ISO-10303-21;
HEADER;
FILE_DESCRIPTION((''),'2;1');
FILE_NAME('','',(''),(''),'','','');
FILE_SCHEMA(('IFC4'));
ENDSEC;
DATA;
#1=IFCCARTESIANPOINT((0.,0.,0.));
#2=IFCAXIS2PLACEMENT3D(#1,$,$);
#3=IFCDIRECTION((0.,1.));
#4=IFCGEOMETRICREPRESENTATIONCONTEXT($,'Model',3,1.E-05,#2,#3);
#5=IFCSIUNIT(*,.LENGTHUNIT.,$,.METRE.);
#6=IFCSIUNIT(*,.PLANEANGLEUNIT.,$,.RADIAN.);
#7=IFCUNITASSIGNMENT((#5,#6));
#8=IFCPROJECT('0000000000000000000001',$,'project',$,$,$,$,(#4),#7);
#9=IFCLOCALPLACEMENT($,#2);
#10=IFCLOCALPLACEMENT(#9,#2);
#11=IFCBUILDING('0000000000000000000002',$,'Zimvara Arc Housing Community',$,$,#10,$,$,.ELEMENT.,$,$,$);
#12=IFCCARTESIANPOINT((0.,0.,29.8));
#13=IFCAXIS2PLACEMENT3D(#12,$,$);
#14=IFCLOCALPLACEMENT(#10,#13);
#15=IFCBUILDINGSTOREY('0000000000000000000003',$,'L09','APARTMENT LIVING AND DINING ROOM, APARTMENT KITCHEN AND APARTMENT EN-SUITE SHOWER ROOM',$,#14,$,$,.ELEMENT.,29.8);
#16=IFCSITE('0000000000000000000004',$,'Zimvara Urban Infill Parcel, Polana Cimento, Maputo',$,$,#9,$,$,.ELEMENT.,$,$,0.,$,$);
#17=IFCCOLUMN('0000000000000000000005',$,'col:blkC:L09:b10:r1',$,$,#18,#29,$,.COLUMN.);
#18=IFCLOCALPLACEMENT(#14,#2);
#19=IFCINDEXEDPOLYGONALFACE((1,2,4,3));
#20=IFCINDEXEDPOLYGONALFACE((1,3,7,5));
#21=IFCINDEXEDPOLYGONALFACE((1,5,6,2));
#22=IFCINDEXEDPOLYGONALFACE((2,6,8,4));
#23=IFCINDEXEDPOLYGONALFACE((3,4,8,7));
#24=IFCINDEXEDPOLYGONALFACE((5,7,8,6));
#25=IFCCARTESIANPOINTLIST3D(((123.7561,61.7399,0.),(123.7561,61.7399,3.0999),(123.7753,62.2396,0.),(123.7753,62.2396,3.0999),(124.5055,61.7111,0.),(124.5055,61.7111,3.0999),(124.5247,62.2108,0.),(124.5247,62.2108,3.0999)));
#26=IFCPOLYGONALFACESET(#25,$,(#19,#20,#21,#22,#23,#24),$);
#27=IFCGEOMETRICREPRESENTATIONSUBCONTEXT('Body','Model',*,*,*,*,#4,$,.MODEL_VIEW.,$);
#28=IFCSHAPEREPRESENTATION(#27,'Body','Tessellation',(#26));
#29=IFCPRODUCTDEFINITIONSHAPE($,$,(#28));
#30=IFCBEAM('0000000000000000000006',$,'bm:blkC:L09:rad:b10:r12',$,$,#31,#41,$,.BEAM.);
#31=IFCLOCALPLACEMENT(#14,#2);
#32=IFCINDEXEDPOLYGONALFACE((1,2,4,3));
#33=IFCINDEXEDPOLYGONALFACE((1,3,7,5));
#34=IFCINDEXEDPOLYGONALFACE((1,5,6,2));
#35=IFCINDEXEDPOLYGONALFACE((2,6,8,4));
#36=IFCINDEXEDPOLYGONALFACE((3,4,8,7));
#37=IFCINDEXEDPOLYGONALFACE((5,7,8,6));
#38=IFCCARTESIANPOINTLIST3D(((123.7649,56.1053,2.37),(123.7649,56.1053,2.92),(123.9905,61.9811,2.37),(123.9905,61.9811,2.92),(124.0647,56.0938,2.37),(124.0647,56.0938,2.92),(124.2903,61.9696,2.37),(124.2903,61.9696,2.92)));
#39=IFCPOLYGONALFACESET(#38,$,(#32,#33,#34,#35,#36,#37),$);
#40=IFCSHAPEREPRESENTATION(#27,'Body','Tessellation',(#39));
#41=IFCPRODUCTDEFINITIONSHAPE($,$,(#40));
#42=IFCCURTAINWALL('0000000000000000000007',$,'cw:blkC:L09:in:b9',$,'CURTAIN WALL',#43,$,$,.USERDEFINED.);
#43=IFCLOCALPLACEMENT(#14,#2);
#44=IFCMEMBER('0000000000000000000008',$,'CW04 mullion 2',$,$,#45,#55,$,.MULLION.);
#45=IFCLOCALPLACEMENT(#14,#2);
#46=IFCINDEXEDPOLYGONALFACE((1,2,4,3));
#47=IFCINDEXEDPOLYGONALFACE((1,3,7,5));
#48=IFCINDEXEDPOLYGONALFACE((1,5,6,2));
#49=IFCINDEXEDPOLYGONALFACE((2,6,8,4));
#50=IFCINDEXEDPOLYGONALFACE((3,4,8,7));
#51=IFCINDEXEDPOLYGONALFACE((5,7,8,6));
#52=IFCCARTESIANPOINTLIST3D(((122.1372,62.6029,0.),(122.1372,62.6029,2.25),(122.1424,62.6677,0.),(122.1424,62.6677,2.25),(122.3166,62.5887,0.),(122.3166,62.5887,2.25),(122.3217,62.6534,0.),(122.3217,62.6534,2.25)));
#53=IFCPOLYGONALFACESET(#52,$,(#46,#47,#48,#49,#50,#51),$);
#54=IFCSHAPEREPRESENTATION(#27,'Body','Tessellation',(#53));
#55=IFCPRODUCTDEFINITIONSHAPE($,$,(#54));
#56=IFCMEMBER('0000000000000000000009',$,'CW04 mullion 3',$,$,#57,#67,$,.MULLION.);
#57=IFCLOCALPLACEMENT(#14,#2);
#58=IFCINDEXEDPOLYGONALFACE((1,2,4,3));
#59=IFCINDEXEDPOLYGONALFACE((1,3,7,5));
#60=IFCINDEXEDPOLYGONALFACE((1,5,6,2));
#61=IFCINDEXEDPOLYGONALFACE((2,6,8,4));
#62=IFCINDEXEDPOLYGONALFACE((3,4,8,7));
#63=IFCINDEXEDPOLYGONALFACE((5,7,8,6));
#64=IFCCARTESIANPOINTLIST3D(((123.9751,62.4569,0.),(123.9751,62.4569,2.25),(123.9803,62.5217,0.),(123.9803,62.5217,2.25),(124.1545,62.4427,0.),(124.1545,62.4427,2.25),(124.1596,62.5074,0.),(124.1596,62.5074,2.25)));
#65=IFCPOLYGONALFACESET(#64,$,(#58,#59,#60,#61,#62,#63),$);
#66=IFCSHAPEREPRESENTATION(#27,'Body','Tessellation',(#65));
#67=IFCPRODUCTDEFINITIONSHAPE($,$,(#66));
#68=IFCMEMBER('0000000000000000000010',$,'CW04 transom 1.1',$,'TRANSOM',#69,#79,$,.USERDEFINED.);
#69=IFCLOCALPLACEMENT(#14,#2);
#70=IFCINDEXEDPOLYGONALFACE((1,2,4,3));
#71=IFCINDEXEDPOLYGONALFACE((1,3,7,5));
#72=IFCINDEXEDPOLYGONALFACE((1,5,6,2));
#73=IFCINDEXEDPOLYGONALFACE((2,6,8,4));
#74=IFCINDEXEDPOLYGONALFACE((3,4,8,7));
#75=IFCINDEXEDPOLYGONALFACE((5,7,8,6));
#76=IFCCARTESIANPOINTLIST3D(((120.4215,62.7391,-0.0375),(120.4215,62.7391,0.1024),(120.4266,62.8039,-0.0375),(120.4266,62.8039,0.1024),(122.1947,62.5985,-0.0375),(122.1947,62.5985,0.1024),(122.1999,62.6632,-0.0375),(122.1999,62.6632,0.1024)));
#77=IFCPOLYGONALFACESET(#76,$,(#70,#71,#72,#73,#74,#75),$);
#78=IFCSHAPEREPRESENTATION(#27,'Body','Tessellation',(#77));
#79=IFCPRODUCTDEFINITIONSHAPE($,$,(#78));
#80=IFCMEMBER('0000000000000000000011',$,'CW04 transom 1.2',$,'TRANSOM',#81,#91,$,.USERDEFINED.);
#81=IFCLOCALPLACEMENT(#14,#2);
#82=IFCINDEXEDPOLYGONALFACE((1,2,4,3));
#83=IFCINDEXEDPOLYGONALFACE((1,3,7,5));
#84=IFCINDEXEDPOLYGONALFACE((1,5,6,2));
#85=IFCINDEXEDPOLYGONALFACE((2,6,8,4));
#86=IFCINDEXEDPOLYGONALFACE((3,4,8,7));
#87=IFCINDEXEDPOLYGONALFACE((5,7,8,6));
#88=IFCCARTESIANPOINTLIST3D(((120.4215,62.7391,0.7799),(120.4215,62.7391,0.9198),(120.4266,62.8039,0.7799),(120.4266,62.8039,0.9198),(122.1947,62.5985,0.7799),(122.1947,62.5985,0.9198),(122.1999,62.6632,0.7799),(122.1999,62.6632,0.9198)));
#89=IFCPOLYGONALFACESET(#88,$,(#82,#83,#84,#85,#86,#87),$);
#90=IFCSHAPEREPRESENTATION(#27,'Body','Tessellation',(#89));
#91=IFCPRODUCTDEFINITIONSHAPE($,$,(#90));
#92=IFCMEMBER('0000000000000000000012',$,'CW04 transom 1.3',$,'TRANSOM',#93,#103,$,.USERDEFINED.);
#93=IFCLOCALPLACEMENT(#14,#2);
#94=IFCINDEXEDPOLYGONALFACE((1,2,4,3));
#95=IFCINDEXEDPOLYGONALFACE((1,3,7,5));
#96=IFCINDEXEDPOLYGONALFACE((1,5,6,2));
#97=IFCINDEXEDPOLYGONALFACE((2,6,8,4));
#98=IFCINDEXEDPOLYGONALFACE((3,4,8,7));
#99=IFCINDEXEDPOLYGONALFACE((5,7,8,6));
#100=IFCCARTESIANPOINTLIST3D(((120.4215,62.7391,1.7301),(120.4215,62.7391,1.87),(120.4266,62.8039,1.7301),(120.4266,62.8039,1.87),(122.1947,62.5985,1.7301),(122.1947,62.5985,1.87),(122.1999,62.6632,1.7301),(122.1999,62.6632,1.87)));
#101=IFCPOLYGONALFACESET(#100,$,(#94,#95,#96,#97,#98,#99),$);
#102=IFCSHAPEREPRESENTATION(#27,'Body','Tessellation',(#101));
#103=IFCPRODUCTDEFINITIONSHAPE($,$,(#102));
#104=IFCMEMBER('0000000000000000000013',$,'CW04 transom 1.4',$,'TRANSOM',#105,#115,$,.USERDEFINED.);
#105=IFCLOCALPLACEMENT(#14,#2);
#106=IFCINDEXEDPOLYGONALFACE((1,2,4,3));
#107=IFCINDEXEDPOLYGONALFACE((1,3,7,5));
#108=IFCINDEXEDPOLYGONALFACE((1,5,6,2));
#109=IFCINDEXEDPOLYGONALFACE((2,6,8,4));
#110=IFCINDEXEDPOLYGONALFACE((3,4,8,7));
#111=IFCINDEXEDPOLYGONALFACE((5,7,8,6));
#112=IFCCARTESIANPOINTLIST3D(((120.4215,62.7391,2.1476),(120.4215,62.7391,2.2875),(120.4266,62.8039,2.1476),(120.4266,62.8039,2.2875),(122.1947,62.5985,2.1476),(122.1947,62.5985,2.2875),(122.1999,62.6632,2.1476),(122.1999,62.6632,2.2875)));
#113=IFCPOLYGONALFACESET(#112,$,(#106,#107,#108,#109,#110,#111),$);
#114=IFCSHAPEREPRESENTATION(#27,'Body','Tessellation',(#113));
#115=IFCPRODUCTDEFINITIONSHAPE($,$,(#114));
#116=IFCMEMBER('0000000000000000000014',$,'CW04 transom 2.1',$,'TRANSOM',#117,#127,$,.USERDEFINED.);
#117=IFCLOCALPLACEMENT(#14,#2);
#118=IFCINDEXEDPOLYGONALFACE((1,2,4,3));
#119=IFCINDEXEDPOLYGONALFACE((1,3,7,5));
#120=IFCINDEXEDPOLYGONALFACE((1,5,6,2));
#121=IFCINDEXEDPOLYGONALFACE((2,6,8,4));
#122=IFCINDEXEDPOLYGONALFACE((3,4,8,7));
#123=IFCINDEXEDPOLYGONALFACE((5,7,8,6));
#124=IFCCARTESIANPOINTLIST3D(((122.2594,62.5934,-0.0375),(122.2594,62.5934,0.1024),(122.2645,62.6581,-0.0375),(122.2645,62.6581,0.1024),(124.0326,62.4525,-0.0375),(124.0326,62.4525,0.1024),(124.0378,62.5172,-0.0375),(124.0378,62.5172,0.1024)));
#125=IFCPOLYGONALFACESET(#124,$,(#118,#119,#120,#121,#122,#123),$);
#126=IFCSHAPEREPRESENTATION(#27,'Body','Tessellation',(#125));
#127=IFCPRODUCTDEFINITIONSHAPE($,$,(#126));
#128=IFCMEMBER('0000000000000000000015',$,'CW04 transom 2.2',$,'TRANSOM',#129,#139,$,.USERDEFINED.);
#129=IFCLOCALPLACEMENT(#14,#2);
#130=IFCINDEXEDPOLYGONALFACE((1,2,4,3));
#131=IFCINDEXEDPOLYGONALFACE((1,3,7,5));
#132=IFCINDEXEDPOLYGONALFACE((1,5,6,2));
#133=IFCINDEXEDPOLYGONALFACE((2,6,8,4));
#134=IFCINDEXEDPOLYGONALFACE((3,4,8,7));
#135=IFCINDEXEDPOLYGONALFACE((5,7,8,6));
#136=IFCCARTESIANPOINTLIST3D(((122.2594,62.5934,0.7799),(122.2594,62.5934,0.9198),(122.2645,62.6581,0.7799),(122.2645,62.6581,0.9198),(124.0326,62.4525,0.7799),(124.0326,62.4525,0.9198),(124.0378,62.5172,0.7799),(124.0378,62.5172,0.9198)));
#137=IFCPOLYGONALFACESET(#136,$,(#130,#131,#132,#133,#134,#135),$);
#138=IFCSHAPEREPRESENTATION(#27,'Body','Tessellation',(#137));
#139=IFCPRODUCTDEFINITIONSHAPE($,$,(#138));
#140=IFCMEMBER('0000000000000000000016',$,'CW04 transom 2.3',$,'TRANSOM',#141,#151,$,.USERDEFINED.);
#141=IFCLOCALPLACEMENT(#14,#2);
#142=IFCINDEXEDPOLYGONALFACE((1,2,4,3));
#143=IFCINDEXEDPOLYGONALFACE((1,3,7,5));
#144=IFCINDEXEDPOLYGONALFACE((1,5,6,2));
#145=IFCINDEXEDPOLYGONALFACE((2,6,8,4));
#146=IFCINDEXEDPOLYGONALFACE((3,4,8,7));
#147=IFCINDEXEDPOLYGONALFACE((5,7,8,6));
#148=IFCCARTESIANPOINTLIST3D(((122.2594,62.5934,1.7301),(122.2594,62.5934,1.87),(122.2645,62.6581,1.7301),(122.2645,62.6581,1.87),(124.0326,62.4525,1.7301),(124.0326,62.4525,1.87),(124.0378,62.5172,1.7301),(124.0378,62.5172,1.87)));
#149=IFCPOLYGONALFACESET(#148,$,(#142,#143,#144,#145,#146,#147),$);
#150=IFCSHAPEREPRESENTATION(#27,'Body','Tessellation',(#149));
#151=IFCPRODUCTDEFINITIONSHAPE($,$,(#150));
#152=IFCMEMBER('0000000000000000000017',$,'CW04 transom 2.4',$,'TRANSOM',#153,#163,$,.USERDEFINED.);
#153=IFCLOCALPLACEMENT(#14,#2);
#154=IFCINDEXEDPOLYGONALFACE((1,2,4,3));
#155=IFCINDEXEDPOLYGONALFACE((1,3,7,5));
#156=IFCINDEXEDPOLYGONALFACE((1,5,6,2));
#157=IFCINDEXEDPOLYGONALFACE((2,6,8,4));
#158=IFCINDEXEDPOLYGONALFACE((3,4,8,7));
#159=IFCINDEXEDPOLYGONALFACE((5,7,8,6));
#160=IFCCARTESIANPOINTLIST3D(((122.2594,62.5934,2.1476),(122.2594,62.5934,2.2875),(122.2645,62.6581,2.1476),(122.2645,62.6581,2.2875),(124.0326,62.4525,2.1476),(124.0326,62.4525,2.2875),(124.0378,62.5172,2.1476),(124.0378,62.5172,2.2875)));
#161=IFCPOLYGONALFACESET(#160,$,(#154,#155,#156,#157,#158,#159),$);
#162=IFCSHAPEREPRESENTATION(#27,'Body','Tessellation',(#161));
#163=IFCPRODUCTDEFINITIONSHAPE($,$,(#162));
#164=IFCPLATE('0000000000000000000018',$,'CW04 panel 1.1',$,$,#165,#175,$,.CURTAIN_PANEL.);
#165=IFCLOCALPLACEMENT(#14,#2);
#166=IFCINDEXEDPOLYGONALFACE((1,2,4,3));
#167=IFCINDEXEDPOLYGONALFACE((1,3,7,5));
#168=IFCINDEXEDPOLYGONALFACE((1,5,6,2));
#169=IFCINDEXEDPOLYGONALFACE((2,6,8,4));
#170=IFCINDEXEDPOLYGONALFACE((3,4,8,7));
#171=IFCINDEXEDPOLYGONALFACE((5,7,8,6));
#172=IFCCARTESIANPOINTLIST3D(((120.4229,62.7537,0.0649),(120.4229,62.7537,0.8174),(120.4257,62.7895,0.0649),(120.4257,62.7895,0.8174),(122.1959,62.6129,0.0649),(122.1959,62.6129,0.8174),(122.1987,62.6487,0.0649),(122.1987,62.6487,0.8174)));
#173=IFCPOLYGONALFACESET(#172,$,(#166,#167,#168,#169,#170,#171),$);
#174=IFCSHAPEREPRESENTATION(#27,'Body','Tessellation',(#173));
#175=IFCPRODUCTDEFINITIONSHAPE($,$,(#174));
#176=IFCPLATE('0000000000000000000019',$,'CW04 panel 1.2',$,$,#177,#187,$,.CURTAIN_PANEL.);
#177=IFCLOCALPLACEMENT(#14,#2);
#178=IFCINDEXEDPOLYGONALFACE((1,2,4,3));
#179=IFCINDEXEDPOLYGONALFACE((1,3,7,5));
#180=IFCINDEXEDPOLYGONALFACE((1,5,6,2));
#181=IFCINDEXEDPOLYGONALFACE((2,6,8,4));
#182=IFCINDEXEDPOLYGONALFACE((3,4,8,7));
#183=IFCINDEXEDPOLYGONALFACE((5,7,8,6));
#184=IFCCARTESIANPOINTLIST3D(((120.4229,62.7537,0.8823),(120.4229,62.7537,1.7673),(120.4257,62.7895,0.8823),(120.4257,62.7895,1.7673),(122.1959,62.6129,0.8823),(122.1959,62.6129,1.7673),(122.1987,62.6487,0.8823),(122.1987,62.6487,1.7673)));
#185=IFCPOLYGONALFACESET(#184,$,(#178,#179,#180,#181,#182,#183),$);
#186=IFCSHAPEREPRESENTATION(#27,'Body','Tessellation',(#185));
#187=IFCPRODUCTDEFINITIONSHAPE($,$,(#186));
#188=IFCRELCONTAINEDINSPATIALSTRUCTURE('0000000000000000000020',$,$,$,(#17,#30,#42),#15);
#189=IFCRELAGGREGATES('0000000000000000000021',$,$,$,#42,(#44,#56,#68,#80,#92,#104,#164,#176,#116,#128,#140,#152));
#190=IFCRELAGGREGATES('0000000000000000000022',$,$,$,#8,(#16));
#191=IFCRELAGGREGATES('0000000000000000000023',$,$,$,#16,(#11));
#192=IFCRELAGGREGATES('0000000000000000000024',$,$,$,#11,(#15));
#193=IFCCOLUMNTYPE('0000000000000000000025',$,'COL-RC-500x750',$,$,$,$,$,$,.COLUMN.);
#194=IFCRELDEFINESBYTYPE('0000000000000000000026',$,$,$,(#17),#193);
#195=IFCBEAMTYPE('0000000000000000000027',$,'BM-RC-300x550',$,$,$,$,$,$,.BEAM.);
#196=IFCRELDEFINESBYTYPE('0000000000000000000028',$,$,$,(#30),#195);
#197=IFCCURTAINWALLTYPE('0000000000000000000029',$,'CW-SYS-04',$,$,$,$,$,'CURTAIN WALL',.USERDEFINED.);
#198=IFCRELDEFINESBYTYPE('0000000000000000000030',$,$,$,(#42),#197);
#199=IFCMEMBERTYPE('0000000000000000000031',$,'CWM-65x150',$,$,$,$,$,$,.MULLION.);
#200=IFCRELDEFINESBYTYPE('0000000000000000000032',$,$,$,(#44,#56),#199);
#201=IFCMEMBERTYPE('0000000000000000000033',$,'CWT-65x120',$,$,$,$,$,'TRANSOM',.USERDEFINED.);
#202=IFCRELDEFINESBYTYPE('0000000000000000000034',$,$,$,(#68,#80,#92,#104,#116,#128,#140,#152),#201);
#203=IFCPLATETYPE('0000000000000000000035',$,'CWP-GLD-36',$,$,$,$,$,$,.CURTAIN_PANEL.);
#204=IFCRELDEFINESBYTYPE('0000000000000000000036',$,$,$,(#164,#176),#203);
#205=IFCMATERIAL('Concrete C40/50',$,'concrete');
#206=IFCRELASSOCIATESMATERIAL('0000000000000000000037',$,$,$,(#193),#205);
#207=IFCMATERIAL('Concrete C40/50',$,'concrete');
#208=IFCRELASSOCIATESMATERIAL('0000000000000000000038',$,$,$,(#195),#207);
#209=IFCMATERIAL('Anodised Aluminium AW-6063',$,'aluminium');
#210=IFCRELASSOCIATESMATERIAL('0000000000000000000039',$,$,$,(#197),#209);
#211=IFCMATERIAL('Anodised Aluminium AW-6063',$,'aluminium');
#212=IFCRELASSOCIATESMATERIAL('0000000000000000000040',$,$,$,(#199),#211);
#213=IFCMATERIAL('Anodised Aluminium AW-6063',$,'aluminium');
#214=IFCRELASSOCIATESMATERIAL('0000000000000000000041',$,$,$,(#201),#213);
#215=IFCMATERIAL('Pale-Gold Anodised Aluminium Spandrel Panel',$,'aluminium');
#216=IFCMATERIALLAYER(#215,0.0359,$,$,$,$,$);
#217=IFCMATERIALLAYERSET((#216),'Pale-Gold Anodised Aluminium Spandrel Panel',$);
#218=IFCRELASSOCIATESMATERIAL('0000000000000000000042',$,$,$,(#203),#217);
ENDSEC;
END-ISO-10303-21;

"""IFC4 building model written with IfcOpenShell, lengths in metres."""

from ifc_helpers import new_model, si_unit, direction, frame, origin, origin_2d, place, context, subcontext, project, spatial, rectangle, extrude, material, layer, layer_set, material_profile, profile_set, type_object, element, aggregate, save


model = new_model("IFC4")

# Units and contexts
model_context = context("Model", 3, precision=1e-05, world=origin(), true_north=direction((0.0, 1.0)))
body_context = subcontext(model_context, "Body", "Model", "MODEL_VIEW")
ifc_project = project(units=[si_unit("LENGTHUNIT", "METRE"), si_unit("PLANEANGLEUNIT", "RADIAN")], contexts=[model_context])

# Site, building, storey
site_placement = place(None, origin())
site = spatial("IfcSite", under=ifc_project, at=site_placement, Name="Zimvara Urban Infill Parcel, Polana Cimento, Maputo", CompositionType="ELEMENT", RefElevation=0.0)
building_placement = place(site_placement, origin())
building = spatial("IfcBuilding", under=site, at=building_placement, Name="Zimvara Arc Housing Community", CompositionType="ELEMENT")
storey_placement = place(building_placement, frame((0.0, 0.0, 29.8)))
storey = spatial("IfcBuildingStorey", under=building, at=storey_placement, Name="L09", Description="APARTMENT LIVING AND DINING ROOM, APARTMENT KITCHEN AND APARTMENT EN-SUITE SHOWER ROOM", CompositionType="ELEMENT", Elevation=29.8)

# Column
ifc_material_1 = material(Name="Concrete C40/50", Category="concrete")
ifc_material_profile_1 = material_profile(ifc_material_1, rectangle(XDim=0.5, YDim=0.75, at=origin_2d()), Name="RC 500x750")
ifc_profile_set_1 = profile_set([ifc_material_profile_1], Name="Concrete C40/50")
column_type = type_object("IfcColumnType", Name="COL-RC-500x750", PredefinedType="COLUMN", material=ifc_profile_set_1)
column_placement = place(storey_placement, frame((124.1404, 61.9753, 0.0), z_axis=(0.0, 0.0, 1.0), x_axis=(-0.038388, -0.999263, 0.0)))
element("IfcColumn", 1, at=column_placement, inside=storey, type_object=column_type, Name="col:blkC:L09:b10:r1", PredefinedType="COLUMN", context=body_context, shape_type="SweptSolid", body=[
    extrude(rectangle(XDim=0.5, YDim=0.75, at=origin_2d()), origin(), (0.0, 0.0, 1.0), 3.0999),
])

# Beam
ifc_material_2 = material(Name="Concrete C40/50", Category="concrete")
ifc_material_profile_2 = material_profile(ifc_material_2, rectangle(XDim=0.3, YDim=0.55, at=origin_2d()), Name="RC 300x550")
ifc_profile_set_2 = profile_set([ifc_material_profile_2], Name="Concrete C40/50")
beam_type = type_object("IfcBeamType", Name="BM-RC-300x550", PredefinedType="BEAM", material=ifc_profile_set_2)
beam_placement = place(storey_placement, frame((124.1404, 61.9753, 2.645), z_axis=(-0.038365, -0.999264, 0.0), x_axis=(0.999264, -0.038365, 0.0)))
element("IfcBeam", 2, at=beam_placement, inside=storey, type_object=beam_type, Name="bm:blkC:L09:rad:b10:r12", PredefinedType="BEAM", context=body_context, shape_type="SweptSolid", body=[
    extrude(rectangle(XDim=0.3, YDim=0.55, at=origin_2d()), origin(), (0.0, 0.0, 1.0), 5.8801),
])

# Curtain wall, members, plates
ifc_material_3 = material(Name="Anodised Aluminium AW-6063", Category="aluminium")
curtain_wall_type = type_object("IfcCurtainWallType", Name="CW-SYS-04", ElementType="CURTAIN WALL", PredefinedType="USERDEFINED", material=ifc_material_3)
curtain_wall_placement = place(storey_placement, origin())
curtain_wall = element("IfcCurtainWall", 3, at=curtain_wall_placement, inside=storey, type_object=curtain_wall_type, Name="cw:blkC:L09:in:b9", ObjectType="CURTAIN WALL", PredefinedType="USERDEFINED")
ifc_material_4 = material(Name="Anodised Aluminium AW-6063", Category="aluminium")
ifc_material_profile_3 = material_profile(ifc_material_4, rectangle(XDim=0.0649, YDim=0.1799, at=origin_2d()), Name="ALU 65x180")
ifc_profile_set_3 = profile_set([ifc_material_profile_3], Name="Anodised Aluminium AW-6063")
member_type_1 = type_object("IfcMemberType", Name="CWM-65x150", PredefinedType="MULLION", material=ifc_profile_set_3)
member_1_placement = place(storey_placement, frame((122.2295, 62.6282, 0.0), z_axis=(0.0, 0.0, 1.0), x_axis=(0.079155, 0.996862, 0.0)))
member_1 = element("IfcMember", 4, at=member_1_placement, type_object=member_type_1, Name="CW04 mullion 2", PredefinedType="MULLION", context=body_context, shape_type="SweptSolid", body=[
    extrude(rectangle(XDim=0.0649, YDim=0.1799, at=origin_2d()), origin(), (0.0, 0.0, 1.0), 2.25),
])
member_2_placement = place(storey_placement, frame((124.0674, 62.4822, 0.0), z_axis=(0.0, 0.0, 1.0), x_axis=(0.079155, 0.996862, 0.0)))
member_2 = element("IfcMember", 5, at=member_2_placement, type_object=member_type_1, Name="CW04 mullion 3", PredefinedType="MULLION", context=body_context, shape_type="SweptSolid", body=[
    extrude(rectangle(XDim=0.0649, YDim=0.1799, at=origin_2d()), origin(), (0.0, 0.0, 1.0), 2.25),
])
ifc_material_5 = material(Name="Anodised Aluminium AW-6063", Category="aluminium")
ifc_material_profile_4 = material_profile(ifc_material_5, rectangle(XDim=0.0649, YDim=0.1399, at=origin_2d()), Name="ALU 65x140")
ifc_profile_set_4 = profile_set([ifc_material_profile_4], Name="Anodised Aluminium AW-6063")
member_type_2 = type_object("IfcMemberType", Name="CWT-65x120", ElementType="TRANSOM", PredefinedType="USERDEFINED", material=ifc_profile_set_4)
member_3_placement = place(storey_placement, frame((120.4241, 62.7715, 0.0325), z_axis=(0.99687, -0.079058, 0.0), x_axis=(0.079058, 0.99687, 0.0)))
member_3 = element("IfcMember", 6, at=member_3_placement, type_object=member_type_2, Name="CW04 transom 1.1", ObjectType="TRANSOM", PredefinedType="USERDEFINED", context=body_context, shape_type="SweptSolid", body=[
    extrude(rectangle(XDim=0.0649, YDim=0.1399, at=origin_2d()), origin(), (0.0, 0.0, 1.0), 1.7788),
])
member_4_placement = place(storey_placement, frame((120.4241, 62.7715, 0.8499), z_axis=(0.99687, -0.079058, 0.0), x_axis=(0.079058, 0.99687, 0.0)))
member_4 = element("IfcMember", 7, at=member_4_placement, type_object=member_type_2, Name="CW04 transom 1.2", ObjectType="TRANSOM", PredefinedType="USERDEFINED", context=body_context, shape_type="SweptSolid", body=[
    extrude(rectangle(XDim=0.0649, YDim=0.1399, at=origin_2d()), origin(), (0.0, 0.0, 1.0), 1.7788),
])
member_5_placement = place(storey_placement, frame((120.4241, 62.7715, 1.8), z_axis=(0.99687, -0.079058, 0.0), x_axis=(0.079058, 0.99687, 0.0)))
member_5 = element("IfcMember", 8, at=member_5_placement, type_object=member_type_2, Name="CW04 transom 1.3", ObjectType="TRANSOM", PredefinedType="USERDEFINED", context=body_context, shape_type="SweptSolid", body=[
    extrude(rectangle(XDim=0.0649, YDim=0.1399, at=origin_2d()), origin(), (0.0, 0.0, 1.0), 1.7788),
])
member_6_placement = place(storey_placement, frame((120.4241, 62.7715, 2.2175), z_axis=(0.99687, -0.079058, 0.0), x_axis=(0.079058, 0.99687, 0.0)))
member_6 = element("IfcMember", 9, at=member_6_placement, type_object=member_type_2, Name="CW04 transom 1.4", ObjectType="TRANSOM", PredefinedType="USERDEFINED", context=body_context, shape_type="SweptSolid", body=[
    extrude(rectangle(XDim=0.0649, YDim=0.1399, at=origin_2d()), origin(), (0.0, 0.0, 1.0), 1.7788),
])
member_7_placement = place(storey_placement, frame((122.262, 62.6257, 0.0325), z_axis=(0.996859, -0.079194, 0.0), x_axis=(0.079194, 0.996859, 0.0)))
member_7 = element("IfcMember", 10, at=member_7_placement, type_object=member_type_2, Name="CW04 transom 2.1", ObjectType="TRANSOM", PredefinedType="USERDEFINED", context=body_context, shape_type="SweptSolid", body=[
    extrude(rectangle(XDim=0.0649, YDim=0.1399, at=origin_2d()), origin(), (0.0, 0.0, 1.0), 1.7788),
])
member_8_placement = place(storey_placement, frame((122.262, 62.6257, 0.8499), z_axis=(0.996859, -0.079194, 0.0), x_axis=(0.079194, 0.996859, 0.0)))
member_8 = element("IfcMember", 11, at=member_8_placement, type_object=member_type_2, Name="CW04 transom 2.2", ObjectType="TRANSOM", PredefinedType="USERDEFINED", context=body_context, shape_type="SweptSolid", body=[
    extrude(rectangle(XDim=0.0649, YDim=0.1399, at=origin_2d()), origin(), (0.0, 0.0, 1.0), 1.7788),
])
member_9_placement = place(storey_placement, frame((122.262, 62.6257, 1.8), z_axis=(0.996859, -0.079194, 0.0), x_axis=(0.079194, 0.996859, 0.0)))
member_9 = element("IfcMember", 12, at=member_9_placement, type_object=member_type_2, Name="CW04 transom 2.3", ObjectType="TRANSOM", PredefinedType="USERDEFINED", context=body_context, shape_type="SweptSolid", body=[
    extrude(rectangle(XDim=0.0649, YDim=0.1399, at=origin_2d()), origin(), (0.0, 0.0, 1.0), 1.7788),
])
member_10_placement = place(storey_placement, frame((122.262, 62.6257, 2.2175), z_axis=(0.996859, -0.079194, 0.0), x_axis=(0.079194, 0.996859, 0.0)))
member_10 = element("IfcMember", 13, at=member_10_placement, type_object=member_type_2, Name="CW04 transom 2.4", ObjectType="TRANSOM", PredefinedType="USERDEFINED", context=body_context, shape_type="SweptSolid", body=[
    extrude(rectangle(XDim=0.0649, YDim=0.1399, at=origin_2d()), origin(), (0.0, 0.0, 1.0), 1.7788),
])
ifc_material_6 = material(Name="Pale-Gold Anodised Aluminium Spandrel Panel", Category="aluminium")
ifc_layer_1 = layer(ifc_material_6, 0.0359)
ifc_layer_set_1 = layer_set([ifc_layer_1], Name="Pale-Gold Anodised Aluminium Spandrel Panel")
plate_type = type_object("IfcPlateType", Name="CWP-GLD-36", PredefinedType="CURTAIN_PANEL", material=ifc_layer_set_1)
plate_1_placement = place(storey_placement, frame((121.3108, 62.7012, 0.0649), z_axis=(0.0, 0.0, 1.0), x_axis=(0.996862, -0.079155, 0.0)))
plate_1 = element("IfcPlate", 14, at=plate_1_placement, type_object=plate_type, Name="CW04 panel 1.1", PredefinedType="CURTAIN_PANEL", context=body_context, shape_type="SweptSolid", body=[
    extrude(rectangle(XDim=1.7786, YDim=0.0359, at=origin_2d()), origin(), (0.0, 0.0, 1.0), 0.7524),
])
plate_2_placement = place(storey_placement, frame((121.3108, 62.7012, 0.8823), z_axis=(0.0, 0.0, 1.0), x_axis=(0.996862, -0.079155, 0.0)))
plate_2 = element("IfcPlate", 15, at=plate_2_placement, type_object=plate_type, Name="CW04 panel 1.2", PredefinedType="CURTAIN_PANEL", context=body_context, shape_type="SweptSolid", body=[
    extrude(rectangle(XDim=1.7786, YDim=0.0359, at=origin_2d()), origin(), (0.0, 0.0, 1.0), 0.885),
])
aggregate(curtain_wall, [member_1, member_2, member_3, member_4, member_5, member_6, plate_1, plate_2, member_7, member_8, member_9, member_10])

save(model, "model.ifc")
